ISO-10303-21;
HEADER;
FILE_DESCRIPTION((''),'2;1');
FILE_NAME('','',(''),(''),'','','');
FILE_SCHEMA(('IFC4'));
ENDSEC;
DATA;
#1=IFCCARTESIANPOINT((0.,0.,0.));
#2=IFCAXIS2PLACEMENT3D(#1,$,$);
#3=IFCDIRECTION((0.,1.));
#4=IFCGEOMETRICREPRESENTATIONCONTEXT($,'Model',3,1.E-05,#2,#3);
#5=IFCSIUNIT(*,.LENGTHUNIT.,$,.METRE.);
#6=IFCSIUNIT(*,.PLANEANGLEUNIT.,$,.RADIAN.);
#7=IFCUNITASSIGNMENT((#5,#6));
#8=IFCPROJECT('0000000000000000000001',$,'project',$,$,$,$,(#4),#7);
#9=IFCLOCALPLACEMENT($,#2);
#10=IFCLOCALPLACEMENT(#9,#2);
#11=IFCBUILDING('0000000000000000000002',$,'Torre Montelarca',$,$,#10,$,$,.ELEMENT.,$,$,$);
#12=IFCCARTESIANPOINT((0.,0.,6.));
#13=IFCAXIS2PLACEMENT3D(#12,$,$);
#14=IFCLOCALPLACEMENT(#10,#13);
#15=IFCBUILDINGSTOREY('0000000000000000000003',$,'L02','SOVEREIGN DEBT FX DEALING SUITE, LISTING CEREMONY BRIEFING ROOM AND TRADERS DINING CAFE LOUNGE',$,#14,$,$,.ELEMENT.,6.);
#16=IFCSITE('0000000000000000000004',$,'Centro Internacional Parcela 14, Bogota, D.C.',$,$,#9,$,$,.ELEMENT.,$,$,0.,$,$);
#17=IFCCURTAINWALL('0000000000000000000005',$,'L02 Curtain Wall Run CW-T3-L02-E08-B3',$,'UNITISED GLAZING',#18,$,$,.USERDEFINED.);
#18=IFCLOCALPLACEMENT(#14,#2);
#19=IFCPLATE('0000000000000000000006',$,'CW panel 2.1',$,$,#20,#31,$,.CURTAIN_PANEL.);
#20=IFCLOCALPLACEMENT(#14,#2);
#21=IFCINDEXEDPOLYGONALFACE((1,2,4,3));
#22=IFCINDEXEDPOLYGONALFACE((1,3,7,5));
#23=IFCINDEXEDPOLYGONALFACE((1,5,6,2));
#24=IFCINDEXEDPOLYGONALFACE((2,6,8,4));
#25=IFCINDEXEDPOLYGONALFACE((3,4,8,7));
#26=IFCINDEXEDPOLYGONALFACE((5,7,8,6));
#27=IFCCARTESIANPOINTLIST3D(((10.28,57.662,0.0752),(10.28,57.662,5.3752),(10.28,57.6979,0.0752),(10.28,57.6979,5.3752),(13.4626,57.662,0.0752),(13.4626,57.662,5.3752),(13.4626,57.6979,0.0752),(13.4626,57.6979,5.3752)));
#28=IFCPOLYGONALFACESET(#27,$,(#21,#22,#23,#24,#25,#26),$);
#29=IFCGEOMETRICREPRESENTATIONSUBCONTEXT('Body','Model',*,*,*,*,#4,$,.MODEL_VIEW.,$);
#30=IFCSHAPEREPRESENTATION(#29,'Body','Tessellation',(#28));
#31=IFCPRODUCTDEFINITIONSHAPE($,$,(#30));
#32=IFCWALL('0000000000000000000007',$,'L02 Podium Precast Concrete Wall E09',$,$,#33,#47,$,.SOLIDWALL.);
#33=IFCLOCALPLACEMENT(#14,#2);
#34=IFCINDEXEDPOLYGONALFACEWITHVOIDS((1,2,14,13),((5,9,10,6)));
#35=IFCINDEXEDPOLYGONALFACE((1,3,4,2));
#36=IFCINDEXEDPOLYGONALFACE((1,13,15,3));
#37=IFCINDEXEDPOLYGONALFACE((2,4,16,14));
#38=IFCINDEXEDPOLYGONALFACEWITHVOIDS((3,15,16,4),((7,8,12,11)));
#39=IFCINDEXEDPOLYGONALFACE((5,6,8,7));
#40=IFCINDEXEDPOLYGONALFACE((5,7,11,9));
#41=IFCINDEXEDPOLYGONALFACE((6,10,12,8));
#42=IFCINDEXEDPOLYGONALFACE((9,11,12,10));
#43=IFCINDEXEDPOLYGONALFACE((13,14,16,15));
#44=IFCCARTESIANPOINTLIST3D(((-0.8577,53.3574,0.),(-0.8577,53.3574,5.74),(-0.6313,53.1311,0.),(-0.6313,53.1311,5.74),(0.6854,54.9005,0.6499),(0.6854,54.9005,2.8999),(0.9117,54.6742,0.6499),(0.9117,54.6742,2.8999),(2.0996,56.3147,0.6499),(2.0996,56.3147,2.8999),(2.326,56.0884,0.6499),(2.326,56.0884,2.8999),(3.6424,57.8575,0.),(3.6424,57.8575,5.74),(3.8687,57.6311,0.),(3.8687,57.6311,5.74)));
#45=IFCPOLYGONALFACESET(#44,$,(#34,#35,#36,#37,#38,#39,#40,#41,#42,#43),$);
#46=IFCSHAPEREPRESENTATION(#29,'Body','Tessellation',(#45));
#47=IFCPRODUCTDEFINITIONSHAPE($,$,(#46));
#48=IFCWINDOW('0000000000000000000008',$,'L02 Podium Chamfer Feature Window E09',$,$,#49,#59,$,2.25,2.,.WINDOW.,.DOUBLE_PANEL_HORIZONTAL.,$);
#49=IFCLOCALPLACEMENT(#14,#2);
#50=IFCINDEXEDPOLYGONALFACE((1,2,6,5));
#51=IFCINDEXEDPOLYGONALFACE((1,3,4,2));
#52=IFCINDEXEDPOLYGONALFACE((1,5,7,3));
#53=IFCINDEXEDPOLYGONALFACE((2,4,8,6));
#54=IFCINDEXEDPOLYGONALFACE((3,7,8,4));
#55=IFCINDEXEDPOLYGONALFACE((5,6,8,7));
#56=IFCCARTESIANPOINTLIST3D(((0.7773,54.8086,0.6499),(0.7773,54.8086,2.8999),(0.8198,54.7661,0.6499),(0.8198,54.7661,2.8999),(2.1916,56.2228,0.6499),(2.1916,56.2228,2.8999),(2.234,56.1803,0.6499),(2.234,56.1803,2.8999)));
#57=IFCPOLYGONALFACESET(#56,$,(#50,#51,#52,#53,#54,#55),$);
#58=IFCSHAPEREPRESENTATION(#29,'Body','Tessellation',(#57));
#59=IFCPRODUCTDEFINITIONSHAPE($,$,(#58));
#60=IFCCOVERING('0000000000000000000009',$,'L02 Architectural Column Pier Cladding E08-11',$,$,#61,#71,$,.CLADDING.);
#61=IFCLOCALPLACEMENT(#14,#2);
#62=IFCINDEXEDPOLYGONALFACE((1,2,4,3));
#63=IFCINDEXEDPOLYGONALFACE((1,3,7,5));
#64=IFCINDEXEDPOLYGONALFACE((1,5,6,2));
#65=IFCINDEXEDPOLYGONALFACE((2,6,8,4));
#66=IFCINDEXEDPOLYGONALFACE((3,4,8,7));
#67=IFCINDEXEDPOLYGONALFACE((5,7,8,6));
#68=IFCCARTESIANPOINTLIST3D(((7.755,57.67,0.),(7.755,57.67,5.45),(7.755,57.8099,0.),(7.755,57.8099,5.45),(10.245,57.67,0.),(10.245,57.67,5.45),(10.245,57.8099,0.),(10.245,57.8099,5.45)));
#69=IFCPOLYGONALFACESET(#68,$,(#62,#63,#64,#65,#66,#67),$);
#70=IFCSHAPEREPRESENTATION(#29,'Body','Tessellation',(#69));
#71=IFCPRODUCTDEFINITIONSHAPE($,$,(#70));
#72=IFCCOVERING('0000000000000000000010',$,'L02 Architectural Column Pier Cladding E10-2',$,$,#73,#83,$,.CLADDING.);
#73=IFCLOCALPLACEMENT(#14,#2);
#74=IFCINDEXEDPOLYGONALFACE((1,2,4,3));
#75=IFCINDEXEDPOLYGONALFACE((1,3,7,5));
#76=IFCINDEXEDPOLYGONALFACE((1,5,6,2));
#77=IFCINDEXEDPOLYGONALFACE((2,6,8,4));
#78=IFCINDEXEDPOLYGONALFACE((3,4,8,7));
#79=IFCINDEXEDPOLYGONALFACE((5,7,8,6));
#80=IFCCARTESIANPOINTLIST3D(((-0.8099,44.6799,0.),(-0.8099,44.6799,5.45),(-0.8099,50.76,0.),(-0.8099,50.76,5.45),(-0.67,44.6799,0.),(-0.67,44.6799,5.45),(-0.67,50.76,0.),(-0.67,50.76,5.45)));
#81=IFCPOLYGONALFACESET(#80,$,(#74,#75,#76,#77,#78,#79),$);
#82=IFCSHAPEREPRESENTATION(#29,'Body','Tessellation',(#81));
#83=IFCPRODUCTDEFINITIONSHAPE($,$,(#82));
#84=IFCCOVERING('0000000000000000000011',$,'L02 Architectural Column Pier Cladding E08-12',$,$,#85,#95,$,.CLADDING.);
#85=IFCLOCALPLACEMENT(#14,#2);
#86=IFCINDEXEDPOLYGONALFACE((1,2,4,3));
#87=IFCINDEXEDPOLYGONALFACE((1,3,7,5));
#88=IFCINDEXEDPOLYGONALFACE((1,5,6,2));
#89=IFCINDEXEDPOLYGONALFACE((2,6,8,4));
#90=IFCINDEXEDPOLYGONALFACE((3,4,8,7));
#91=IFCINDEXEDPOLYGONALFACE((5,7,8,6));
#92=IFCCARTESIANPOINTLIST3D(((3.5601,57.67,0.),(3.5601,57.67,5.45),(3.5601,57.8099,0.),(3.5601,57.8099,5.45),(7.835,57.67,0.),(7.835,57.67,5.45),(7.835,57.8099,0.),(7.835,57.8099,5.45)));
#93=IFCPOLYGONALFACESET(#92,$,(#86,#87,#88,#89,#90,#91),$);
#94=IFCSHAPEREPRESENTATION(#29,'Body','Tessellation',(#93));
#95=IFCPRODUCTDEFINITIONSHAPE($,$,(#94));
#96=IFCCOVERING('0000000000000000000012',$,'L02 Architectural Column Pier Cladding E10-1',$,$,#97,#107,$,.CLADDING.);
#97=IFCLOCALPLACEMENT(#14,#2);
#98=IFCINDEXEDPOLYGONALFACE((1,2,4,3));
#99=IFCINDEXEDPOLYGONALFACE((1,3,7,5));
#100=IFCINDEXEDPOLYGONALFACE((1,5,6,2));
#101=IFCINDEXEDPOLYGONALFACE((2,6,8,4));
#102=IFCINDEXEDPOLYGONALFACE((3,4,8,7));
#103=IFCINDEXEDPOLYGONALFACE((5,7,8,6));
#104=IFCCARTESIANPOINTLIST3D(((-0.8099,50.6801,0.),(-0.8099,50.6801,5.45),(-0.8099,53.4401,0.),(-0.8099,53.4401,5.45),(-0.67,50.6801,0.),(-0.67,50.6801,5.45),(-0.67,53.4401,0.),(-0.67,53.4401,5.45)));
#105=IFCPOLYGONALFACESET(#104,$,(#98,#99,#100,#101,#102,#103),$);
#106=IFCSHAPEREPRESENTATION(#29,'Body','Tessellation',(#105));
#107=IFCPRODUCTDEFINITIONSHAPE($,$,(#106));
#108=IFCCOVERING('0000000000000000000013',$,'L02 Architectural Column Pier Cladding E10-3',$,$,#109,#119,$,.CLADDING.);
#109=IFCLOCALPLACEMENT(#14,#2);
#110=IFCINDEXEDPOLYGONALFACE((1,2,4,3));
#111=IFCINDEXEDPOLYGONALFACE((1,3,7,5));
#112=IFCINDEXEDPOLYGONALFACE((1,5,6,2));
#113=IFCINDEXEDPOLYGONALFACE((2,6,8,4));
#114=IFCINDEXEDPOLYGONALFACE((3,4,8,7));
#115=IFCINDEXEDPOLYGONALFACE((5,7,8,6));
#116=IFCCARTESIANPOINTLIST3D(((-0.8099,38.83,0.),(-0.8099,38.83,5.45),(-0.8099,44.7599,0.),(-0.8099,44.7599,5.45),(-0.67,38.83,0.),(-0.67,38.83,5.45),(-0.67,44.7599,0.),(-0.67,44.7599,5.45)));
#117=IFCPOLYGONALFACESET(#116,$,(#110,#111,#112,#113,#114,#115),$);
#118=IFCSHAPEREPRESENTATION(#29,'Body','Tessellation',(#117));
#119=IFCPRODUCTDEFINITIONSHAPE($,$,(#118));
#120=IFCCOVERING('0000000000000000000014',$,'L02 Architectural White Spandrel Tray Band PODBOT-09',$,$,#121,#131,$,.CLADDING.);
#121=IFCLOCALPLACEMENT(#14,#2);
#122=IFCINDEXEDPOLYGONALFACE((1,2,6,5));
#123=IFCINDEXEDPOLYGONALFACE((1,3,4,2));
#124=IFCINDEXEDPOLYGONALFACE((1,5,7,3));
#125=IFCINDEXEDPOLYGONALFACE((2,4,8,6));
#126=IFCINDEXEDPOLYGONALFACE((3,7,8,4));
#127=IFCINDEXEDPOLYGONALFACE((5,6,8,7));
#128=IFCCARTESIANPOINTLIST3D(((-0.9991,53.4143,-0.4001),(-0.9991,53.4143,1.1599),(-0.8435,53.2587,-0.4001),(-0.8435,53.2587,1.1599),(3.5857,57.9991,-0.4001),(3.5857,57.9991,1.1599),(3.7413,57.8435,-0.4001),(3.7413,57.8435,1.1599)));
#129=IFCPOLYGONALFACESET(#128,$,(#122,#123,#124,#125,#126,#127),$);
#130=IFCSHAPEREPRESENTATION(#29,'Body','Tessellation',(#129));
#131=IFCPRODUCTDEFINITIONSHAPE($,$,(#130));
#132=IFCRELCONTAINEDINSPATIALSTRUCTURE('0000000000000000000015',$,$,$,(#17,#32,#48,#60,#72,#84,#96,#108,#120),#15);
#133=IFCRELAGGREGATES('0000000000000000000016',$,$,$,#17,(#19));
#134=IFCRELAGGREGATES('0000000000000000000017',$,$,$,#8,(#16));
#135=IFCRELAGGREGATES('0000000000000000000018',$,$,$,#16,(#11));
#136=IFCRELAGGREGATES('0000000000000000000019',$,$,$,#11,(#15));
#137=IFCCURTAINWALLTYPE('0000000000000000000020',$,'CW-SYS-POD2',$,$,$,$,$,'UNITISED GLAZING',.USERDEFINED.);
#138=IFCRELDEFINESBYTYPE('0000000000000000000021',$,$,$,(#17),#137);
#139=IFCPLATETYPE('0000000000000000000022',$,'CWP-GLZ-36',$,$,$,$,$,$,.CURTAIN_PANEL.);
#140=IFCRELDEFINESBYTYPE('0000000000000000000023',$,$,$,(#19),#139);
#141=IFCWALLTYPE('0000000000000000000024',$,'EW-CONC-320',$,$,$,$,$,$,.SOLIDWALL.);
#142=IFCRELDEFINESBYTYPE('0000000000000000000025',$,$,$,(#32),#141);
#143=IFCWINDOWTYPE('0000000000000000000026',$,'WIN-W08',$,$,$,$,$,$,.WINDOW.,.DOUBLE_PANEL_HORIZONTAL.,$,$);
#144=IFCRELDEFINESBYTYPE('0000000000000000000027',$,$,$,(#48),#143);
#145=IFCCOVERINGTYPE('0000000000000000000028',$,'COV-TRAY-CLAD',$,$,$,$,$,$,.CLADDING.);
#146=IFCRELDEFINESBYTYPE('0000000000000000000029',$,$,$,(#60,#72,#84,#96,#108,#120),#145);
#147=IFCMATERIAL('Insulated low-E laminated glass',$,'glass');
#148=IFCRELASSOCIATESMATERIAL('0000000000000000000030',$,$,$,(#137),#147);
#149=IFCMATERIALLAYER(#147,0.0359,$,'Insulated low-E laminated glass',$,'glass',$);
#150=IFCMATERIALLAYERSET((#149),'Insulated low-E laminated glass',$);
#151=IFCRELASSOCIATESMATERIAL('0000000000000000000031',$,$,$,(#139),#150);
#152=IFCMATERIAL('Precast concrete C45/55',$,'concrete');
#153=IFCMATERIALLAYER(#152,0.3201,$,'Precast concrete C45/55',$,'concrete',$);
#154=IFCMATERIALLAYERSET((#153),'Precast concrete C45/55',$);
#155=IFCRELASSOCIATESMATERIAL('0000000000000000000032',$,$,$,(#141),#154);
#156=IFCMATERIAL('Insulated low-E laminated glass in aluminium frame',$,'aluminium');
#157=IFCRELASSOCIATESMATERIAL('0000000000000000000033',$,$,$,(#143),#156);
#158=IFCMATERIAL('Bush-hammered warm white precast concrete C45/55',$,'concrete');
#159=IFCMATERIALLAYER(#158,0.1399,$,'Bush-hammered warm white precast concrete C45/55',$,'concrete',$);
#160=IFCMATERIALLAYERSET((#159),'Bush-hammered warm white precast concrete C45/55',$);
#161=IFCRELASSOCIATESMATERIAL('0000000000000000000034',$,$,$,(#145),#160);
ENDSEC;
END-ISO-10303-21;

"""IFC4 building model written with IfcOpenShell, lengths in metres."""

from ifc_helpers import new_model, si_unit, direction, frame, frame_2d, origin, origin_2d, place, context, subcontext, project, spatial, rectangle, extrude, source, transform, mapped, material, layer, layer_set, type_object, element, fill, aggregate, save


model = new_model("IFC4")

# Units and contexts
model_context = context("Model", 3, precision=1e-05, world=origin(), true_north=direction((0.0, 1.0)))
body_context = subcontext(model_context, "Body", "Model", "MODEL_VIEW")
ifc_project = project(units=[si_unit("LENGTHUNIT", "METRE"), si_unit("PLANEANGLEUNIT", "RADIAN")], contexts=[model_context])

# Site, building, storey
site_placement = place(None, origin())
site = spatial("IfcSite", under=ifc_project, at=site_placement, Name="Centro Internacional Parcela 14, Bogota, D.C.", CompositionType="ELEMENT", RefElevation=0.0)
building_placement = place(site_placement, origin())
building = spatial("IfcBuilding", under=site, at=building_placement, Name="Torre Montelarca", CompositionType="ELEMENT")
storey_placement = place(building_placement, frame((0.0, 0.0, 6.0)))
storey = spatial("IfcBuildingStorey", under=building, at=storey_placement, Name="L02", Description="SOVEREIGN DEBT FX DEALING SUITE, LISTING CEREMONY BRIEFING ROOM AND TRADERS DINING CAFE LOUNGE", CompositionType="ELEMENT", Elevation=6.0)

# Curtain wall, plate
ifc_material_1 = material(Name="Insulated low-E laminated glass", Category="glass")
curtain_wall_type = type_object("IfcCurtainWallType", Name="CW-SYS-POD2", ElementType="UNITISED GLAZING", PredefinedType="USERDEFINED", material=ifc_material_1)
curtain_wall_placement = place(storey_placement, origin())
curtain_wall = element("IfcCurtainWall", 1, at=curtain_wall_placement, inside=storey, type_object=curtain_wall_type, Name="L02 Curtain Wall Run CW-T3-L02-E08-B3", ObjectType="UNITISED GLAZING", PredefinedType="USERDEFINED")
ifc_layer_1 = layer(ifc_material_1, 0.0359, Name="Insulated low-E laminated glass", Category="glass")
ifc_layer_set_1 = layer_set([ifc_layer_1], Name="Insulated low-E laminated glass")
plate_type = type_object("IfcPlateType", Name="CWP-GLZ-36", PredefinedType="CURTAIN_PANEL", material=ifc_layer_set_1)
shared_shape_1 = source(origin(), body_context, "Body", "SweptSolid", [
    extrude(rectangle(XDim=3.1826, YDim=0.0359, at=origin_2d()), origin(), (0.0, 0.0, 1.0), 5.3),
])
plate_placement = place(storey_placement, frame((11.8713, 57.6799, 0.0752), z_axis=(0.0, 0.0, 1.0), x_axis=(-1.0, 0.0, 0.0)))
plate = element("IfcPlate", 2, at=plate_placement, type_object=plate_type, Name="CW panel 2.1", PredefinedType="CURTAIN_PANEL", context=body_context, shape_type="MappedRepresentation", body=[
    mapped(shared_shape_1, transform((0.0, 0.0, 0.0), scale=1.0)),
])
aggregate(curtain_wall, [plate])

# Wall, opening, window
ifc_material_2 = material(Name="Precast concrete C45/55", Category="concrete")
ifc_layer_2 = layer(ifc_material_2, 0.3201, Name="Precast concrete C45/55", Category="concrete")
ifc_layer_set_2 = layer_set([ifc_layer_2], Name="Precast concrete C45/55")
wall_type = type_object("IfcWallType", Name="EW-CONC-320", PredefinedType="SOLIDWALL", material=ifc_layer_set_2)
wall_placement = place(storey_placement, frame((3.7556, 57.7444, 0.0), z_axis=(0.0, 0.0, 1.0), x_axis=(-0.707107, -0.707107, 0.0)))
wall = element("IfcWall", 3, at=wall_placement, inside=storey, type_object=wall_type, Name="L02 Podium Precast Concrete Wall E09", PredefinedType="SOLIDWALL", context=body_context, shape_type="SweptSolid", body=[
    extrude(rectangle(XDim=6.364, YDim=0.3201, at=frame_2d((3.1821, 0.0))), origin(), (0.0, 0.0, 1.0), 5.74),
])
opening_placement = place(wall_placement, frame((2.1819, 0.0, 0.6499)))
opening = element("IfcOpeningElement", 4, at=opening_placement, cuts=wall, PredefinedType="OPENING", context=body_context, shape_type="SweptSolid", body=[
    extrude(rectangle(XDim=2.0, YDim=2.25, at=frame_2d((1.0, 1.125))), frame((0.0, 0.1699, 0.0), z_axis=(0.0, -1.0, 0.0), x_axis=(1.0, 0.0, 0.0)), (0.0, 0.0, 1.0), 0.3401),
])
ifc_material_3 = material(Name="Insulated low-E laminated glass in aluminium frame", Category="aluminium")
window_type = type_object("IfcWindowType", Name="WIN-W08", PartitioningType="DOUBLE_PANEL_HORIZONTAL", PredefinedType="WINDOW", material=ifc_material_3)
shared_shape_2 = source(origin(), body_context, "Body", "SweptSolid", [
    extrude(rectangle(XDim=2.0, YDim=2.25, at=frame_2d((1.0, 1.125))), frame((0.0, 0.03, 0.0), z_axis=(0.0, -1.0, 0.0), x_axis=(1.0, 0.0, 0.0)), (0.0, 0.0, 1.0), 0.0601),
])
window_placement = place(opening_placement, origin())
window = element("IfcWindow", 5, at=window_placement, inside=storey, type_object=window_type, Name="L02 Podium Chamfer Feature Window E09", OverallHeight=2.25, OverallWidth=2.0, PartitioningType="DOUBLE_PANEL_HORIZONTAL", PredefinedType="WINDOW", context=body_context, shape_type="MappedRepresentation", body=[
    mapped(shared_shape_2, transform((0.0, 0.0, 0.0), scale=1.0)),
])
fill(opening, window)

# Coverings
ifc_material_4 = material(Name="Bush-hammered warm white precast concrete C45/55", Category="concrete")
ifc_layer_3 = layer(ifc_material_4, 0.1399, Name="Bush-hammered warm white precast concrete C45/55", Category="concrete")
ifc_layer_set_3 = layer_set([ifc_layer_3], Name="Bush-hammered warm white precast concrete C45/55")
covering_type = type_object("IfcCoveringType", Name="COV-TRAY-CLAD", PredefinedType="CLADDING", material=ifc_layer_set_3)
shared_shape_3 = source(origin(), body_context, "Body", "SweptSolid", [
    extrude(rectangle(XDim=2.49, YDim=0.1399, at=origin_2d()), origin(), (0.0, 0.0, 1.0), 5.45),
])
covering_1_placement = place(storey_placement, frame((9.0, 57.74, 0.0), z_axis=(0.0, 0.0, 1.0), x_axis=(-1.0, 0.0, 0.0)))
element("IfcCovering", 6, at=covering_1_placement, inside=storey, type_object=covering_type, Name="L02 Architectural Column Pier Cladding E08-11", PredefinedType="CLADDING", context=body_context, shape_type="MappedRepresentation", body=[
    mapped(shared_shape_3, transform((0.0, 0.0, 0.0), scale=1.0)),
])
shared_shape_4 = source(origin(), body_context, "Body", "SweptSolid", [
    extrude(rectangle(XDim=6.0801, YDim=0.1399, at=origin_2d()), origin(), (0.0, 0.0, 1.0), 5.45),
])
covering_2_placement = place(storey_placement, frame((-0.74, 47.72, 0.0), z_axis=(0.0, 0.0, 1.0), x_axis=(0.0, -1.0, 0.0)))
element("IfcCovering", 7, at=covering_2_placement, inside=storey, type_object=covering_type, Name="L02 Architectural Column Pier Cladding E10-2", PredefinedType="CLADDING", context=body_context, shape_type="MappedRepresentation", body=[
    mapped(shared_shape_4, transform((0.0, 0.0, 0.0), scale=1.0)),
])
shared_shape_5 = source(origin(), body_context, "Body", "SweptSolid", [
    extrude(rectangle(XDim=4.2749, YDim=0.1399, at=origin_2d()), origin(), (0.0, 0.0, 1.0), 5.45),
])
covering_3_placement = place(storey_placement, frame((5.6975, 57.74, 0.0), z_axis=(0.0, 0.0, 1.0), x_axis=(-1.0, 0.0, 0.0)))
element("IfcCovering", 8, at=covering_3_placement, inside=storey, type_object=covering_type, Name="L02 Architectural Column Pier Cladding E08-12", PredefinedType="CLADDING", context=body_context, shape_type="MappedRepresentation", body=[
    mapped(shared_shape_5, transform((0.0, 0.0, 0.0), scale=1.0)),
])
shared_shape_6 = source(origin(), body_context, "Body", "SweptSolid", [
    extrude(rectangle(XDim=2.76, YDim=0.1399, at=origin_2d()), origin(), (0.0, 0.0, 1.0), 5.45),
])
covering_4_placement = place(storey_placement, frame((-0.74, 52.0601, 0.0), z_axis=(0.0, 0.0, 1.0), x_axis=(0.0, -1.0, 0.0)))
element("IfcCovering", 9, at=covering_4_placement, inside=storey, type_object=covering_type, Name="L02 Architectural Column Pier Cladding E10-1", PredefinedType="CLADDING", context=body_context, shape_type="MappedRepresentation", body=[
    mapped(shared_shape_6, transform((0.0, 0.0, 0.0), scale=1.0)),
])
shared_shape_7 = source(origin(), body_context, "Body", "SweptSolid", [
    extrude(rectangle(XDim=5.9299, YDim=0.1399, at=origin_2d()), origin(), (0.0, 0.0, 1.0), 5.45),
])
covering_5_placement = place(storey_placement, frame((-0.74, 41.7949, 0.0), z_axis=(0.0, 0.0, 1.0), x_axis=(0.0, -1.0, 0.0)))
element("IfcCovering", 10, at=covering_5_placement, inside=storey, type_object=covering_type, Name="L02 Architectural Column Pier Cladding E10-3", PredefinedType="CLADDING", context=body_context, shape_type="MappedRepresentation", body=[
    mapped(shared_shape_7, transform((0.0, 0.0, 0.0), scale=1.0)),
])
shared_shape_8 = source(origin(), body_context, "Body", "SweptSolid", [
    extrude(rectangle(XDim=6.4839, YDim=0.22, at=origin_2d()), origin(), (0.0, 0.0, 1.0), 1.5601),
])
covering_6_placement = place(storey_placement, frame((1.3711, 55.6289, -0.4001), z_axis=(0.0, 0.0, 1.0), x_axis=(-0.707107, -0.707107, 0.0)))
element("IfcCovering", 11, at=covering_6_placement, inside=storey, type_object=covering_type, Name="L02 Architectural White Spandrel Tray Band PODBOT-09", PredefinedType="CLADDING", context=body_context, shape_type="MappedRepresentation", body=[
    mapped(shared_shape_8, transform((0.0, 0.0, 0.0), scale=1.0)),
])

save(model, "model.ifc")
